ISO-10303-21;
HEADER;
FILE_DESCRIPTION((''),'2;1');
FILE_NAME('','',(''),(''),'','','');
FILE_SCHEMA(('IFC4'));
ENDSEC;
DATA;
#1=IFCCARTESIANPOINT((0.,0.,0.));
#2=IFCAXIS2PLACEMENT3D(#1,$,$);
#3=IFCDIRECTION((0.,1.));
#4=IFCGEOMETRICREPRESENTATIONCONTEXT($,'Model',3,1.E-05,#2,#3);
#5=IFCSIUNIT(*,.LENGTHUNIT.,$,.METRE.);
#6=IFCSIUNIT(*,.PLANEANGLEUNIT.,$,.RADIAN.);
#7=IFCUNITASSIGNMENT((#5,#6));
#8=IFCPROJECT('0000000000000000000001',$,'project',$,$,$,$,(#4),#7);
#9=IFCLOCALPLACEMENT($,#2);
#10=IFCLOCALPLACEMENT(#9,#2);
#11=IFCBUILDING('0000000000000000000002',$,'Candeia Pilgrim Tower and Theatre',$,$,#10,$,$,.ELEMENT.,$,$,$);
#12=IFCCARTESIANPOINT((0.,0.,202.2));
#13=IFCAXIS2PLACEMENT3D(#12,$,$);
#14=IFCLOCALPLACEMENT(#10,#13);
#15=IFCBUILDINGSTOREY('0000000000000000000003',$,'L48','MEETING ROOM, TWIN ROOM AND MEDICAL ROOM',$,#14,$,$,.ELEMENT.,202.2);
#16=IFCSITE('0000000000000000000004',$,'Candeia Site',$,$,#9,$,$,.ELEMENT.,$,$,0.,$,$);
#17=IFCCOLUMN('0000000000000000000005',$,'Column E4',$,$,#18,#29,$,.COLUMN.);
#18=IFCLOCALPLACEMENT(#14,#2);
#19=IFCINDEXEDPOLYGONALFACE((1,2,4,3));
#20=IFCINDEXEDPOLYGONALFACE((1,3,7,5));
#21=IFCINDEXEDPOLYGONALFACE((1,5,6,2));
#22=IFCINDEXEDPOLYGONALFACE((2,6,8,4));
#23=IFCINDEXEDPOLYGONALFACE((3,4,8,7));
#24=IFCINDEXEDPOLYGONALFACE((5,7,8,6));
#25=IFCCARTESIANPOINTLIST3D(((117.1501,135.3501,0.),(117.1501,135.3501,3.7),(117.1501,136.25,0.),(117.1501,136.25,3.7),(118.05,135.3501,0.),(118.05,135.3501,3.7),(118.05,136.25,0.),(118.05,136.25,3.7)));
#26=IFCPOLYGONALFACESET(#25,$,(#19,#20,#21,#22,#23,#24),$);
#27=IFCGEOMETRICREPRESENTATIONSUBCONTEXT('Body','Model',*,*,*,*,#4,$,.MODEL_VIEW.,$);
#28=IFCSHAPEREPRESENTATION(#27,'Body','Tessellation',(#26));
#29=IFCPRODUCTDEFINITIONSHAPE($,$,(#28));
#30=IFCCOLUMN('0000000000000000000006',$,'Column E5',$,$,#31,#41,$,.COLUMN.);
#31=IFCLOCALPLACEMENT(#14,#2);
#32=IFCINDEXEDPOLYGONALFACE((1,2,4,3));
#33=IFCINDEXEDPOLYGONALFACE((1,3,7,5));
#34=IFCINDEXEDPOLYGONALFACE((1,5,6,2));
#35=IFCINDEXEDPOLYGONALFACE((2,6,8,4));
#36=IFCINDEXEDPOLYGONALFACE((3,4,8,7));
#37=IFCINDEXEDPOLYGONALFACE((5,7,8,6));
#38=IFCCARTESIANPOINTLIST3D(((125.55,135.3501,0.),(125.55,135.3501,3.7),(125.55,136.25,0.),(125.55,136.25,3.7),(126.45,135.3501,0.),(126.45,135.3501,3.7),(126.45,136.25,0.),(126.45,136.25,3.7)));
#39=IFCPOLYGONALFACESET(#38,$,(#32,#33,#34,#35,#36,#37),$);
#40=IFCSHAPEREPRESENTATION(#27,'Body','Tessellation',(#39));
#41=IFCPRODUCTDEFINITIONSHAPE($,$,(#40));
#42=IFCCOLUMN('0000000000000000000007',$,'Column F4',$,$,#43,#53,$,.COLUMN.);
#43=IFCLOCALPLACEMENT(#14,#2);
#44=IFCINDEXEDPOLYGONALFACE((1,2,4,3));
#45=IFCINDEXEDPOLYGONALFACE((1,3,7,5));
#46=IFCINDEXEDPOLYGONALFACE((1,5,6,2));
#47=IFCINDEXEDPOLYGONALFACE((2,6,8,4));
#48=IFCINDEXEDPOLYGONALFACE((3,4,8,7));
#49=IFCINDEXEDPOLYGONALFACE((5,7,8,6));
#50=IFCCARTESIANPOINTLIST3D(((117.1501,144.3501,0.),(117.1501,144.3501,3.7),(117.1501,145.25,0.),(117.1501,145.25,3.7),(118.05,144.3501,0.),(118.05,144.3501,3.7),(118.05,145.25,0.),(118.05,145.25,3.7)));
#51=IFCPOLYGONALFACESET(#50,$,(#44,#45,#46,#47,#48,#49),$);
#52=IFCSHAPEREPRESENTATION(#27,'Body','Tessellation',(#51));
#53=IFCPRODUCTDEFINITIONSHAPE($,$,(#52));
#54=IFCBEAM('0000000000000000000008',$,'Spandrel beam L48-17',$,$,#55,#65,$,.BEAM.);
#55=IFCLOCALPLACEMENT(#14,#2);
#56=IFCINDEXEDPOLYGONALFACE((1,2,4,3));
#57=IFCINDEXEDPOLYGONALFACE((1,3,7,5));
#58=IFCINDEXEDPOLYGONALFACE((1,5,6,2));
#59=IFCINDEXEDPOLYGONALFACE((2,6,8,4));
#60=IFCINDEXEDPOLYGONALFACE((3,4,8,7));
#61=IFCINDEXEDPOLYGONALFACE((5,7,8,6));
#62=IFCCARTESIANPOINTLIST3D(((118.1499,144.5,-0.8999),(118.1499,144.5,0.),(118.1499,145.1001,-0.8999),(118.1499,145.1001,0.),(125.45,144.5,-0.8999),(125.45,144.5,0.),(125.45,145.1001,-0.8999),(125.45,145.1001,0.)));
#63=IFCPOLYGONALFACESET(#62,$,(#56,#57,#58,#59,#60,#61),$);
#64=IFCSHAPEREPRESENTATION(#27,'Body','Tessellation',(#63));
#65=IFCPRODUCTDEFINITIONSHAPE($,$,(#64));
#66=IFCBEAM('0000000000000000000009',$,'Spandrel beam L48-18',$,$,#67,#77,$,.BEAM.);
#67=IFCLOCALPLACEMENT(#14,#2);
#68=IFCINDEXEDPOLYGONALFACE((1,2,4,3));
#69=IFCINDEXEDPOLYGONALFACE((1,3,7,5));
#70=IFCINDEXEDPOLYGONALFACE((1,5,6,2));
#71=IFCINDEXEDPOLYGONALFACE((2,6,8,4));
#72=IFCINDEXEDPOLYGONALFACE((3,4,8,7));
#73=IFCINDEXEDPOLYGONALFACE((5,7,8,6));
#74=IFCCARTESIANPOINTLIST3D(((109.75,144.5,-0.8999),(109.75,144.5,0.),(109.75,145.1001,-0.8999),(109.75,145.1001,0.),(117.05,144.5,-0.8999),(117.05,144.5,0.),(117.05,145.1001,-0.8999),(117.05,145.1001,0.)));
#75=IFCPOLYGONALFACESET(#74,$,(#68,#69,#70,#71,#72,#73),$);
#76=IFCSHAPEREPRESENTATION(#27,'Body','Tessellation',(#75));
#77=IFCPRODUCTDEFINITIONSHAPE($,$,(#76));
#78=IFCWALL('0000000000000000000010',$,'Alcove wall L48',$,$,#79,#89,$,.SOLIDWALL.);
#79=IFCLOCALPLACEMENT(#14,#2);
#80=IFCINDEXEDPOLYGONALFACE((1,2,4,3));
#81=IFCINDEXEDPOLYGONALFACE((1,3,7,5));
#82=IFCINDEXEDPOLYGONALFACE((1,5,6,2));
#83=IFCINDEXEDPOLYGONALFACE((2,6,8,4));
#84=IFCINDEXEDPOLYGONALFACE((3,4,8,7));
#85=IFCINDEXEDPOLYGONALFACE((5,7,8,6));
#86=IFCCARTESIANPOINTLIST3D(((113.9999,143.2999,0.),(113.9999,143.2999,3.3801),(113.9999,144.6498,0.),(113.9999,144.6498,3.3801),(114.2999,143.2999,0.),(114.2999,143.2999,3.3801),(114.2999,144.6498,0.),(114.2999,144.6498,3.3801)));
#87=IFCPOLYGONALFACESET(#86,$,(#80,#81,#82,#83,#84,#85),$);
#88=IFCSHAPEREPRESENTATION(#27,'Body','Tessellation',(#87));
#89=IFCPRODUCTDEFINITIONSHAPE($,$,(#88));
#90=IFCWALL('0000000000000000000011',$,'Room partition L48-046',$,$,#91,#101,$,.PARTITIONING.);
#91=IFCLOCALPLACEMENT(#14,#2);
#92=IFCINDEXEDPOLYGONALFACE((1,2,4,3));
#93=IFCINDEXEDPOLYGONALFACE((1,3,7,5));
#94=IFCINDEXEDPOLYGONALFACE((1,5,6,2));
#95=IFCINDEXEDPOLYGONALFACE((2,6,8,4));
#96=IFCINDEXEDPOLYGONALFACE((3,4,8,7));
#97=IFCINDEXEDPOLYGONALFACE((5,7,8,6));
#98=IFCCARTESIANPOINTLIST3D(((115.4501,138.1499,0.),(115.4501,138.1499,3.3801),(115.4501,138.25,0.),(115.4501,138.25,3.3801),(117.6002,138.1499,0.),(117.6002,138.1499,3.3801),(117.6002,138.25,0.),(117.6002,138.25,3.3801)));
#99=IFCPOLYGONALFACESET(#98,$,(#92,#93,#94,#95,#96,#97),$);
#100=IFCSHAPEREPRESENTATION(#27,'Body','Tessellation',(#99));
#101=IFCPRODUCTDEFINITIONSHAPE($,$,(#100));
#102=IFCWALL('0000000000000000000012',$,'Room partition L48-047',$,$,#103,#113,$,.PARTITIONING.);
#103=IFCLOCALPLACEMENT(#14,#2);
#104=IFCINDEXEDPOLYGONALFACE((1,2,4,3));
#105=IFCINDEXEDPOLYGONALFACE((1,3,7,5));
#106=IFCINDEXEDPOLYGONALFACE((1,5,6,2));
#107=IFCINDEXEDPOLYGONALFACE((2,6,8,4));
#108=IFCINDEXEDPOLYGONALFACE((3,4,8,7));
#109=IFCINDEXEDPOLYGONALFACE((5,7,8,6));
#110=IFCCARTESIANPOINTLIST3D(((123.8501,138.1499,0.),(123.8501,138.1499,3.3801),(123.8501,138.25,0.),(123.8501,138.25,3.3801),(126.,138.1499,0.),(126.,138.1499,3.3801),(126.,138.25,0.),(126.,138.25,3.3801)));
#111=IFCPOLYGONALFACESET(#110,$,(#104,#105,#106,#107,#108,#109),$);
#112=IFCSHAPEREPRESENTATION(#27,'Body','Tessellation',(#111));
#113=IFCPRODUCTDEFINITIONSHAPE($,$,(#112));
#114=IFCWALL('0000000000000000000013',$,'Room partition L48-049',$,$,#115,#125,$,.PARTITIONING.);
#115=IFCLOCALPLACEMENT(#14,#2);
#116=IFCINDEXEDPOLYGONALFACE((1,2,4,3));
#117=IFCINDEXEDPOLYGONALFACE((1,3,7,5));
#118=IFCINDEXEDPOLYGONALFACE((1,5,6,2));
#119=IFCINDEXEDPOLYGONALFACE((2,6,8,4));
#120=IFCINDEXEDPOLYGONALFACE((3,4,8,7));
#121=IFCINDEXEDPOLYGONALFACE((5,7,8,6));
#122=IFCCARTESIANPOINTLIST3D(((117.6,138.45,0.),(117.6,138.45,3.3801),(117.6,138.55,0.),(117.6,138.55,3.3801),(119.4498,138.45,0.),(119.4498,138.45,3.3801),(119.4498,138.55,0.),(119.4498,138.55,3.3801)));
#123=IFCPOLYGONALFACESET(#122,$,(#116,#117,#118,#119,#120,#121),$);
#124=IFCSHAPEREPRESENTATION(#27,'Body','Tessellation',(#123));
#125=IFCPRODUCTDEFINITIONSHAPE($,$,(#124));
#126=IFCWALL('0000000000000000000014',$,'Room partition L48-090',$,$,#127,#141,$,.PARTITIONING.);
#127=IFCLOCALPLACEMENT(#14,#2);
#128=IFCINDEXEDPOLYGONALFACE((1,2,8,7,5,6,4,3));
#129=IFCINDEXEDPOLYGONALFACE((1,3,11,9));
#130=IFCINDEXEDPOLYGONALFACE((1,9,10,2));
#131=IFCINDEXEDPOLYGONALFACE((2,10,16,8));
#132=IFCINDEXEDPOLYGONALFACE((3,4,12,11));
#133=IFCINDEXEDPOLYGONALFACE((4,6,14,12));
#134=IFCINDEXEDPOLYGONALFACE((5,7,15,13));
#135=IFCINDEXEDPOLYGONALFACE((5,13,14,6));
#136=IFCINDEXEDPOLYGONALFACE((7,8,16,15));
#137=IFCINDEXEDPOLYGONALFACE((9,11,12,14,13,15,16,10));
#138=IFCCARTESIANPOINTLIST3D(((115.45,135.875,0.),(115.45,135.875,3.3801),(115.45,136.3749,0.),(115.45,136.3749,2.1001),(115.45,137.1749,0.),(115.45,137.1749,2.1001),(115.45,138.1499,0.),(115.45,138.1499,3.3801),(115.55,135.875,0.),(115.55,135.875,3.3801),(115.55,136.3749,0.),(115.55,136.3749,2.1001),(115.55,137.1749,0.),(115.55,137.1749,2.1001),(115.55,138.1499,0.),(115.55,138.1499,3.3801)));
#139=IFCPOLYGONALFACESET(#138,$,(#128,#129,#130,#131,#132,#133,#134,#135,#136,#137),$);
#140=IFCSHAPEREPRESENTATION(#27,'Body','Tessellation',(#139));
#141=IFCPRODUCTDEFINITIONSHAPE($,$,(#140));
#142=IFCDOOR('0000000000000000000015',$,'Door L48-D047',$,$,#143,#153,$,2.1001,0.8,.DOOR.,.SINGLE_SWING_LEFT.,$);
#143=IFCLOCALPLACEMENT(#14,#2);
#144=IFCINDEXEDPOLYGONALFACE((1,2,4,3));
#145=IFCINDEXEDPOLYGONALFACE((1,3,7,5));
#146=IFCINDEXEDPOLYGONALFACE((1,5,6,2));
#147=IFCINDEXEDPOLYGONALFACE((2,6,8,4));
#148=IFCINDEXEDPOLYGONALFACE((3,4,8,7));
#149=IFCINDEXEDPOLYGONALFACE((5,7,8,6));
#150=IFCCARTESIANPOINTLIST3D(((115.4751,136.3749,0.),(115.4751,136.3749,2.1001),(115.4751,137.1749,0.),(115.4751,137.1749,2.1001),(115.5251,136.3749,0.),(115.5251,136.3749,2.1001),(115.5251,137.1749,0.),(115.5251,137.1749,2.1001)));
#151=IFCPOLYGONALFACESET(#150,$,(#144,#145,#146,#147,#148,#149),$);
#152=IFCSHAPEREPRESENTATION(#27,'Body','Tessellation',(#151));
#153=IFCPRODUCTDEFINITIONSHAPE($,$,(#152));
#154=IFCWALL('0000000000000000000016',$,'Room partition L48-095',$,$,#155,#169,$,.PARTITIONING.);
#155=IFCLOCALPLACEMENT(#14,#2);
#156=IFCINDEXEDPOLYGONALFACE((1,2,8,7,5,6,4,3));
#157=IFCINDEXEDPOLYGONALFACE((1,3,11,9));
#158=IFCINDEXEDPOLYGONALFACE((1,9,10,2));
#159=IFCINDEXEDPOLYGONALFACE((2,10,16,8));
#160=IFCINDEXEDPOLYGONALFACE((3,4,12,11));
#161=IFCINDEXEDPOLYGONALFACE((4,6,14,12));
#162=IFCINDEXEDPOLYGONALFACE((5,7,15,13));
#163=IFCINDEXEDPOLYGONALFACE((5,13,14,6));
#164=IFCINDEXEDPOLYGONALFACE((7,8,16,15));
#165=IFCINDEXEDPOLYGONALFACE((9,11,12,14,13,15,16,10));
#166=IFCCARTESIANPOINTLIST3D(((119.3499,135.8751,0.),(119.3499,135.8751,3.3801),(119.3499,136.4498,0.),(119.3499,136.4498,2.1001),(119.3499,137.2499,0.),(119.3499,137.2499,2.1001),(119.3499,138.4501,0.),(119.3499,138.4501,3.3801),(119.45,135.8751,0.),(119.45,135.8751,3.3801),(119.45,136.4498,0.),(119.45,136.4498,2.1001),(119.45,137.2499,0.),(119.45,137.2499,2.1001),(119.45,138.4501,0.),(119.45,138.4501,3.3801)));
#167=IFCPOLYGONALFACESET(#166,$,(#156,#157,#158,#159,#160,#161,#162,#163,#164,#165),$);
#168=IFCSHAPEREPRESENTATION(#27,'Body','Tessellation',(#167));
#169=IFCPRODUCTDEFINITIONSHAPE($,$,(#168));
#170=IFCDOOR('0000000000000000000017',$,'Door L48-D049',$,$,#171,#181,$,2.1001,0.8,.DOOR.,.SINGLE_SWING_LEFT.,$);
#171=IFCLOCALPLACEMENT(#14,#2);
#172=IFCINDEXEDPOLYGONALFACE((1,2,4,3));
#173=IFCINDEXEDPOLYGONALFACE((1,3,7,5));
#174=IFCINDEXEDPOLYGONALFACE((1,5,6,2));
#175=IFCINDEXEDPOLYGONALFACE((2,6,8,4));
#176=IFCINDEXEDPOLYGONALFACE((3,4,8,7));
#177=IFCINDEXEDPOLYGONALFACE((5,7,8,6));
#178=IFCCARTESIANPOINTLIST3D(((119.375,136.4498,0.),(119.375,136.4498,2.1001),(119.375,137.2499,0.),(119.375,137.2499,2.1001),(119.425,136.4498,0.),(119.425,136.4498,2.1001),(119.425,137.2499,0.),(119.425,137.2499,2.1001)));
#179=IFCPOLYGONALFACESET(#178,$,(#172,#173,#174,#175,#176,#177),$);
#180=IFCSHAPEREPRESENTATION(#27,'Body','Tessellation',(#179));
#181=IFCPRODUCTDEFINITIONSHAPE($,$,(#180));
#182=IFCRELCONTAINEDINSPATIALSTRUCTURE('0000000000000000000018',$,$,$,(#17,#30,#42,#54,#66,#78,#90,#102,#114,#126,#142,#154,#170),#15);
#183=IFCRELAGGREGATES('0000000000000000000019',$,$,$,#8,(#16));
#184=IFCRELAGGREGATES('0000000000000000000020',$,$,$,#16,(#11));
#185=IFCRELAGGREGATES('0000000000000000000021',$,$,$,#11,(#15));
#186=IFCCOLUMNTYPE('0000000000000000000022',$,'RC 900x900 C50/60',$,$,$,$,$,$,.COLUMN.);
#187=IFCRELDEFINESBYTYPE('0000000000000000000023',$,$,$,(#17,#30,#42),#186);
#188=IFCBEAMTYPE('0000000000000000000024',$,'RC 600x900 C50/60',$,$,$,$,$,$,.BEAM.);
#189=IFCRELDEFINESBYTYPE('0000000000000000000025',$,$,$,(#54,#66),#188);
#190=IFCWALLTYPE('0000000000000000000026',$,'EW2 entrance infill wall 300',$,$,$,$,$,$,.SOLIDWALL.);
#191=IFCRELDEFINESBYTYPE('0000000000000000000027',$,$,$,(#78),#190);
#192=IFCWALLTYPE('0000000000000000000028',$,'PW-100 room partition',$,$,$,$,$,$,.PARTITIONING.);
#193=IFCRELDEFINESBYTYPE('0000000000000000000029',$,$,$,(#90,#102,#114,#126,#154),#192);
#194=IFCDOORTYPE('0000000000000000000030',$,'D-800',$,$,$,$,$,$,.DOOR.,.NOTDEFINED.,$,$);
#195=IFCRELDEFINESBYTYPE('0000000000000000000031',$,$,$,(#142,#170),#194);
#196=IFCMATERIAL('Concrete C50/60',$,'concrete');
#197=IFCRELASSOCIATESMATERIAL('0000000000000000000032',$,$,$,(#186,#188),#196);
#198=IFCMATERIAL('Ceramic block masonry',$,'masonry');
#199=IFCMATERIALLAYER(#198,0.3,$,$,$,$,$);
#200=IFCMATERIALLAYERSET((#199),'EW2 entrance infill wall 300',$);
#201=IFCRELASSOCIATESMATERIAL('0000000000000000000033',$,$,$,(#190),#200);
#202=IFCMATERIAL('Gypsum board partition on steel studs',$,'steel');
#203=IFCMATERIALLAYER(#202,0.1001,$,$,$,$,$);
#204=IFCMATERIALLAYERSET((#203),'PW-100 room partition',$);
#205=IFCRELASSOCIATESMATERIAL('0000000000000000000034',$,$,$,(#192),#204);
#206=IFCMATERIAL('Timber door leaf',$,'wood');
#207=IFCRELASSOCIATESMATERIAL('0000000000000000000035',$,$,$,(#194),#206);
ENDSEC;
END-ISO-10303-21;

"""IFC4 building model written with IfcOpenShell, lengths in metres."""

from ifc_helpers import new_model, si_unit, direction, frame, frame_2d, origin, origin_2d, place, context, subcontext, project, spatial, rectangle, extrude, material, layer, layer_set, material_profile, profile_set, type_object, element, fill, save


model = new_model("IFC4")

# Units and contexts
model_context = context("Model", 3, precision=1e-05, world=origin(), true_north=direction((0.0, 1.0)))
body_context = subcontext(model_context, "Body", "Model", "MODEL_VIEW")
ifc_project = project(units=[si_unit("LENGTHUNIT", "METRE"), si_unit("PLANEANGLEUNIT", "RADIAN")], contexts=[model_context])

# Site, building, storey
site_placement = place(None, origin())
site = spatial("IfcSite", under=ifc_project, at=site_placement, Name="Candeia Site", CompositionType="ELEMENT", RefElevation=0.0)
building_placement = place(site_placement, origin())
building = spatial("IfcBuilding", under=site, at=building_placement, Name="Candeia Pilgrim Tower and Theatre", CompositionType="ELEMENT")
storey_placement = place(building_placement, frame((0.0, 0.0, 202.2)))
storey = spatial("IfcBuildingStorey", under=building, at=storey_placement, Name="L48", Description="MEETING ROOM, TWIN ROOM AND MEDICAL ROOM", CompositionType="ELEMENT", Elevation=202.2)

# Columns
ifc_material_1 = material(Name="Concrete C50/60", Category="concrete")
ifc_material_profile_1 = material_profile(ifc_material_1, rectangle(XDim=0.8999, YDim=0.8999, at=origin_2d()))
ifc_profile_set_1 = profile_set([ifc_material_profile_1], Name="Concrete C50/60")
column_type = type_object("IfcColumnType", Name="RC 900x900 C50/60", PredefinedType="COLUMN", material=ifc_profile_set_1)
for number, where, z_axis, x_axis, name in (
    (1, (117.6001, 135.8, 0.0), (0.0, 0.0, 1.0), (1.0, 0.0, 0.0), "Column E4"),
    (2, (126.0, 135.8, 0.0), (0.0, 0.0, 1.0), (1.0, 0.0, 0.0), "Column E5"),
    (3, (117.6001, 144.8, 0.0), (0.0, 0.0, 1.0), (1.0, 0.0, 0.0), "Column F4"),
):
    element("IfcColumn", number, at=place(storey_placement, frame(where, z_axis=z_axis, x_axis=x_axis)), inside=storey, type_object=column_type, Name=name, PredefinedType="COLUMN", context=body_context, shape_type="SweptSolid", body=[
        extrude(rectangle(XDim=0.8999, YDim=0.8999, at=origin_2d()), origin(), (0.0, 0.0, 1.0), 3.7),
    ])

# Beams
ifc_material_profile_2 = material_profile(ifc_material_1, rectangle(XDim=0.6001, YDim=0.8999, at=origin_2d()))
ifc_profile_set_2 = profile_set([ifc_material_profile_2], Name="Concrete C50/60")
beam_type = type_object("IfcBeamType", Name="RC 600x900 C50/60", PredefinedType="BEAM", material=ifc_profile_set_2)
for number, where, z_axis, x_axis, name in (
    (4, (125.45, 144.8, -0.45), (-1.0, 0.0, 0.0), (0.0, -1.0, 0.0), "Spandrel beam L48-17"),
    (5, (117.05, 144.8, -0.45), (-1.0, 0.0, 0.0), (0.0, -1.0, 0.0), "Spandrel beam L48-18"),
):
    element("IfcBeam", number, at=place(storey_placement, frame(where, z_axis=z_axis, x_axis=x_axis)), inside=storey, type_object=beam_type, Name=name, PredefinedType="BEAM", context=body_context, shape_type="SweptSolid", body=[
        extrude(rectangle(XDim=0.6001, YDim=0.8999, at=origin_2d()), origin(), (0.0, 0.0, 1.0), 7.3),
    ])

# Wall
ifc_material_2 = material(Name="Ceramic block masonry", Category="masonry")
ifc_layer_1 = layer(ifc_material_2, 0.3)
ifc_layer_set_1 = layer_set([ifc_layer_1], Name="EW2 entrance infill wall 300")
wall_type_1 = type_object("IfcWallType", Name="EW2 entrance infill wall 300", PredefinedType="SOLIDWALL", material=ifc_layer_set_1)
wall_1_placement = place(storey_placement, frame((114.1499, 143.3, 0.0), z_axis=(0.0, 0.0, 1.0), x_axis=(0.0, 1.0, 0.0)))
element("IfcWall", 6, at=wall_1_placement, inside=storey, type_object=wall_type_1, Name="Alcove wall L48", PredefinedType="SOLIDWALL", context=body_context, shape_type="SweptSolid", body=[
    extrude(rectangle(XDim=1.3499, YDim=0.3, at=frame_2d((0.6748, 0.0))), origin(), (0.0, 0.0, 1.0), 3.3801),
])

# Walls
ifc_material_3 = material(Name="Gypsum board partition on steel studs", Category="steel")
ifc_layer_2 = layer(ifc_material_3, 0.1001)
ifc_layer_set_2 = layer_set([ifc_layer_2], Name="PW-100 room partition")
wall_type_2 = type_object("IfcWallType", Name="PW-100 room partition", PredefinedType="PARTITIONING", material=ifc_layer_set_2)
wall_2_placement = place(storey_placement, frame((115.45, 138.2, 0.0), z_axis=(0.0, 0.0, 1.0), x_axis=(1.0, 0.0, 0.0)))
element("IfcWall", 7, at=wall_2_placement, inside=storey, type_object=wall_type_2, Name="Room partition L48-046", PredefinedType="PARTITIONING", context=body_context, shape_type="SweptSolid", body=[
    extrude(rectangle(XDim=2.1501, YDim=0.1001, at=frame_2d((1.0752, 0.0))), origin(), (0.0, 0.0, 1.0), 3.3801),
])
wall_3_placement = place(storey_placement, frame((123.8501, 138.2, 0.0), z_axis=(0.0, 0.0, 1.0), x_axis=(1.0, 0.0, 0.0)))
element("IfcWall", 8, at=wall_3_placement, inside=storey, type_object=wall_type_2, Name="Room partition L48-047", PredefinedType="PARTITIONING", context=body_context, shape_type="SweptSolid", body=[
    extrude(rectangle(XDim=2.1499, YDim=0.1001, at=frame_2d((1.075, 0.0))), origin(), (0.0, 0.0, 1.0), 3.3801),
])
wall_4_placement = place(storey_placement, frame((117.6001, 138.5, 0.0), z_axis=(0.0, 0.0, 1.0), x_axis=(1.0, 0.0, 0.0)))
element("IfcWall", 9, at=wall_4_placement, inside=storey, type_object=wall_type_2, Name="Room partition L48-049", PredefinedType="PARTITIONING", context=body_context, shape_type="SweptSolid", body=[
    extrude(rectangle(XDim=1.8499, YDim=0.1001, at=frame_2d((0.9248, 0.0))), origin(), (0.0, 0.0, 1.0), 3.3801),
])

# Walls, openings, doors
wall_5_placement = place(storey_placement, frame((115.5, 135.875, 0.0), z_axis=(0.0, 0.0, 1.0), x_axis=(0.0, 1.0, 0.0)))
wall_5 = element("IfcWall", 10, at=wall_5_placement, inside=storey, type_object=wall_type_2, Name="Room partition L48-090", PredefinedType="PARTITIONING", context=body_context, shape_type="SweptSolid", body=[
    extrude(rectangle(XDim=2.2749, YDim=0.1001, at=frame_2d((1.1375, 0.0))), origin(), (0.0, 0.0, 1.0), 3.3801),
])
opening_1_placement = place(wall_5_placement, frame((0.5, 0.0, 0.0)))
opening_1 = element("IfcOpeningElement", 11, at=opening_1_placement, cuts=wall_5, PredefinedType="OPENING", context=body_context, shape_type="SweptSolid", body=[
    extrude(rectangle(XDim=0.8, YDim=2.1001, at=frame_2d((0.3999, 1.05))), frame((0.0, 0.0601, 0.0), z_axis=(0.0, -1.0, 0.0), x_axis=(1.0, 0.0, 0.0)), (0.0, 0.0, 1.0), 0.1201),
])
ifc_material_4 = material(Name="Timber door leaf", Category="wood")
door_type_1 = type_object("IfcDoorType", Name="D-800", OperationType="NOTDEFINED", PredefinedType="DOOR", material=ifc_material_4)
door_1_placement = place(opening_1_placement, origin())
door_1 = element("IfcDoor", 12, at=door_1_placement, inside=storey, type_object=door_type_1, Name="Door L48-D047", OperationType="SINGLE_SWING_LEFT", OverallHeight=2.1001, OverallWidth=0.8, PredefinedType="DOOR", context=body_context, shape_type="SweptSolid", body=[
    extrude(rectangle(XDim=0.8, YDim=2.1001, at=frame_2d((0.3999, 1.05))), frame((0.0, 0.0249, 0.0), z_axis=(0.0, -1.0, 0.0), x_axis=(1.0, 0.0, 0.0)), (0.0, 0.0, 1.0), 0.05),
])
fill(opening_1, door_1)
wall_6_placement = place(storey_placement, frame((119.3999, 135.875, 0.0), z_axis=(0.0, 0.0, 1.0), x_axis=(0.0, 1.0, 0.0)))
wall_6 = element("IfcWall", 13, at=wall_6_placement, inside=storey, type_object=wall_type_2, Name="Room partition L48-095", PredefinedType="PARTITIONING", context=body_context, shape_type="SweptSolid", body=[
    extrude(rectangle(XDim=2.575, YDim=0.1001, at=frame_2d((1.2876, 0.0))), origin(), (0.0, 0.0, 1.0), 3.3801),
])
opening_2_placement = place(wall_6_placement, frame((0.575, 0.0, 0.0)))
opening_2 = element("IfcOpeningElement", 14, at=opening_2_placement, cuts=wall_6, PredefinedType="OPENING", context=body_context, shape_type="SweptSolid", body=[
    extrude(rectangle(XDim=0.8, YDim=2.1001, at=frame_2d((0.3999, 1.05))), frame((0.0, 0.0601, 0.0), z_axis=(0.0, -1.0, 0.0), x_axis=(1.0, 0.0, 0.0)), (0.0, 0.0, 1.0), 0.1201),
])
door_2_placement = place(opening_2_placement, origin())
door_2 = element("IfcDoor", 15, at=door_2_placement, inside=storey, type_object=door_type_1, Name="Door L48-D049", OperationType="SINGLE_SWING_LEFT", OverallHeight=2.1001, OverallWidth=0.8, PredefinedType="DOOR", context=body_context, shape_type="SweptSolid", body=[
    extrude(rectangle(XDim=0.8, YDim=2.1001, at=frame_2d((0.3999, 1.05))), frame((0.0, 0.0249, 0.0), z_axis=(0.0, -1.0, 0.0), x_axis=(1.0, 0.0, 0.0)), (0.0, 0.0, 1.0), 0.05),
])
fill(opening_2, door_2)

save(model, "model.ifc")
